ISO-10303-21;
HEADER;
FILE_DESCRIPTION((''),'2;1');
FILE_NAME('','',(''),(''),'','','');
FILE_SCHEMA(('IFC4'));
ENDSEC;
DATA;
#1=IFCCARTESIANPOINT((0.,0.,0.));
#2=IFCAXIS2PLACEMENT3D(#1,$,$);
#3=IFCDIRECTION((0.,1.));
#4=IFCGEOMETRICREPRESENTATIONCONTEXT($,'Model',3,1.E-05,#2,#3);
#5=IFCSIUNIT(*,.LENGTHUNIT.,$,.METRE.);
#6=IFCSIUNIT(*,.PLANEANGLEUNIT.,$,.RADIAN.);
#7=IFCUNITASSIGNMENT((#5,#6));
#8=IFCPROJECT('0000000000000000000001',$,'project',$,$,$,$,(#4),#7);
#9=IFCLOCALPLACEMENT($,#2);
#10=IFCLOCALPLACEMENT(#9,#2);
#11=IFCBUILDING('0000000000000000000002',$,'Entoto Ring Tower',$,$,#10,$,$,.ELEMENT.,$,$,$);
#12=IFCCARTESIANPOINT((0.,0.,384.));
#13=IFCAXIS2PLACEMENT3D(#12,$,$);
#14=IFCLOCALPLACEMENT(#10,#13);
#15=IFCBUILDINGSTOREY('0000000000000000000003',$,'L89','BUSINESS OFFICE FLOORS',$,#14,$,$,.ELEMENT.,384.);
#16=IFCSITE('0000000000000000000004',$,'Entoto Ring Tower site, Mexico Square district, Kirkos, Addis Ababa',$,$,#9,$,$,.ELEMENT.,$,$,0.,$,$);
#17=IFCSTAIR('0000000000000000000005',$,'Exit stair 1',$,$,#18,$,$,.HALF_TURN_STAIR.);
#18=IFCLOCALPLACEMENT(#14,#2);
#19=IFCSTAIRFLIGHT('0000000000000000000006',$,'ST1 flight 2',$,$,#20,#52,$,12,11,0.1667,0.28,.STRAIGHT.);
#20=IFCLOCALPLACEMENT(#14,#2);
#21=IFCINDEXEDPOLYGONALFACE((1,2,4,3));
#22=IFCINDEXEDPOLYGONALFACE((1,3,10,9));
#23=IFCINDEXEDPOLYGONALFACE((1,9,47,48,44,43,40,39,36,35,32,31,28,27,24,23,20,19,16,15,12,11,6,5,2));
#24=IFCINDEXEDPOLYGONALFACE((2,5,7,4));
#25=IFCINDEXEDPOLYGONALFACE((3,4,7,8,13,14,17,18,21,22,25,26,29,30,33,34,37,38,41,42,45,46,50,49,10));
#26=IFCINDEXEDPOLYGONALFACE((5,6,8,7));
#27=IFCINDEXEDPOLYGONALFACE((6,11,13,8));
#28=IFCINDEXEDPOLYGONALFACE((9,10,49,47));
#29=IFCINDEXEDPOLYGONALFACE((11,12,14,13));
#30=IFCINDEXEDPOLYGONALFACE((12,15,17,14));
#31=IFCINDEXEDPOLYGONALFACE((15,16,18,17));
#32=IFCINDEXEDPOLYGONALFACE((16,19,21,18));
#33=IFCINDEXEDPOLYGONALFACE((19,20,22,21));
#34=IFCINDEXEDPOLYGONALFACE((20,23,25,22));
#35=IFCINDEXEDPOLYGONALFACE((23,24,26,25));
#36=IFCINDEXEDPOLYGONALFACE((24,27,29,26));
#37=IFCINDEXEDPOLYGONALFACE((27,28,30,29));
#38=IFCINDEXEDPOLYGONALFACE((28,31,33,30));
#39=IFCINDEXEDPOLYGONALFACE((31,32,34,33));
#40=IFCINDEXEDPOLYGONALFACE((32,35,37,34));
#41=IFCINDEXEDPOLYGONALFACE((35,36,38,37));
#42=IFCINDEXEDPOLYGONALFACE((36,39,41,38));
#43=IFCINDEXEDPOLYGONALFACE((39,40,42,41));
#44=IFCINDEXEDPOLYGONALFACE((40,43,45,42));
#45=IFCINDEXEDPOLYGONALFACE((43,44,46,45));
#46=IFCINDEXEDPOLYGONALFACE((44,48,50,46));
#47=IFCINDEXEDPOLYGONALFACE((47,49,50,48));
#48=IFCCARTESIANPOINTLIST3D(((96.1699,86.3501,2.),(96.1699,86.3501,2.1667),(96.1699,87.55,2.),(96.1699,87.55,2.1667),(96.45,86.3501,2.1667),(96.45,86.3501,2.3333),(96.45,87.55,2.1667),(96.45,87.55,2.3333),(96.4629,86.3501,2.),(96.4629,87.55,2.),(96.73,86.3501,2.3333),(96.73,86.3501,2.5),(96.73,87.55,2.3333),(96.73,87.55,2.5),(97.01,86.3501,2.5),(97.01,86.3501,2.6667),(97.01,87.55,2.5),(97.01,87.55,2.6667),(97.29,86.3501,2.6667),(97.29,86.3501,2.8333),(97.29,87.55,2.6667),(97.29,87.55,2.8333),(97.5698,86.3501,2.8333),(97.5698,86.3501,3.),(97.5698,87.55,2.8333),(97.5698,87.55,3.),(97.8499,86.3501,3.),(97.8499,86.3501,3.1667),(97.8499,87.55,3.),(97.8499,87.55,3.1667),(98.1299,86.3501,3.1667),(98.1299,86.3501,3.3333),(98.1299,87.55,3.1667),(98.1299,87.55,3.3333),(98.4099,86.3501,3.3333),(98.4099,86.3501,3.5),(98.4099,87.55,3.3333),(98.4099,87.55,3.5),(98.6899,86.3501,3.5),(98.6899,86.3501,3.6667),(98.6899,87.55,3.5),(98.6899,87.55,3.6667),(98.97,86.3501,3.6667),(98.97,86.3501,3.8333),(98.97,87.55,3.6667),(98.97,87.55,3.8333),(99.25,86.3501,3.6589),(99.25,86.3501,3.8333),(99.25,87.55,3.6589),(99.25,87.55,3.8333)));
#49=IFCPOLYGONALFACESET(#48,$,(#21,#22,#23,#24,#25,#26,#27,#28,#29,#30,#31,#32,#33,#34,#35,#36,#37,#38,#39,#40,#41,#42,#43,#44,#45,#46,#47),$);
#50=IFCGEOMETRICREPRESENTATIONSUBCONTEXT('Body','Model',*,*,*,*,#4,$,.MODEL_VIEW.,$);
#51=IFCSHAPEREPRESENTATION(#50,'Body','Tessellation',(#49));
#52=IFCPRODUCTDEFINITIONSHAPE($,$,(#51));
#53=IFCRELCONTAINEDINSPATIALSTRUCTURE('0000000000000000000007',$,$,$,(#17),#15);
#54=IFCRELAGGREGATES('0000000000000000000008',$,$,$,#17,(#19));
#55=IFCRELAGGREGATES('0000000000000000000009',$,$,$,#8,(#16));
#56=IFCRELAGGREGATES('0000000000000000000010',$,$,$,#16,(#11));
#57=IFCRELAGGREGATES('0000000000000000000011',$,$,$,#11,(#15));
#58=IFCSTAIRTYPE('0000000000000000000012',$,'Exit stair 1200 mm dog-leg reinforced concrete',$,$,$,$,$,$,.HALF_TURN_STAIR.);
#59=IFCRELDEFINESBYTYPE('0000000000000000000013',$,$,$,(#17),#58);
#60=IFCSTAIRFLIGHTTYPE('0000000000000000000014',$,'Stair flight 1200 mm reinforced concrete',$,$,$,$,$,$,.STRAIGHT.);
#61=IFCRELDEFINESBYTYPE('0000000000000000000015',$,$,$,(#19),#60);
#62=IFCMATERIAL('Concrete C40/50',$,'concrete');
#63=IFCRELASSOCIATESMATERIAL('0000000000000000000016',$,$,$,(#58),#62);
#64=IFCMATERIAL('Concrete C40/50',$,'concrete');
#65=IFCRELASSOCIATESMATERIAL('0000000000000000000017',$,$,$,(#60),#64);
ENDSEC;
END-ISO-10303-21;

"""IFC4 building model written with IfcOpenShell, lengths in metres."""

from ifc_helpers import new_model, si_unit, direction, frame, origin, place, context, subcontext, project, spatial, polyline, outline, extrude, material, type_object, element, aggregate, save


model = new_model("IFC4")

# Units and contexts
model_context = context("Model", 3, precision=1e-05, world=origin(), true_north=direction((0.0, 1.0)))
body_context = subcontext(model_context, "Body", "Model", "MODEL_VIEW")
ifc_project = project(units=[si_unit("LENGTHUNIT", "METRE"), si_unit("PLANEANGLEUNIT", "RADIAN")], contexts=[model_context])

# Site, building, storey
site_placement = place(None, origin())
site = spatial("IfcSite", under=ifc_project, at=site_placement, Name="Entoto Ring Tower site, Mexico Square district, Kirkos, Addis Ababa", CompositionType="ELEMENT", RefElevation=0.0)
building_placement = place(site_placement, origin())
building = spatial("IfcBuilding", under=site, at=building_placement, Name="Entoto Ring Tower", CompositionType="ELEMENT")
storey_placement = place(building_placement, frame((0.0, 0.0, 384.0)))
storey = spatial("IfcBuildingStorey", under=building, at=storey_placement, Name="L89", Description="BUSINESS OFFICE FLOORS", CompositionType="ELEMENT", Elevation=384.0)

# Stair, stair flight
ifc_material_1 = material(Name="Concrete C40/50", Category="concrete")
stair_type = type_object("IfcStairType", Name="Exit stair 1200 mm dog-leg reinforced concrete", PredefinedType="HALF_TURN_STAIR", material=ifc_material_1)
stair_placement = place(storey_placement, origin())
stair = element("IfcStair", 1, at=stair_placement, inside=storey, type_object=stair_type, Name="Exit stair 1", PredefinedType="HALF_TURN_STAIR")
ifc_material_2 = material(Name="Concrete C40/50", Category="concrete")
stair_flight_type = type_object("IfcStairFlightType", Name="Stair flight 1200 mm reinforced concrete", PredefinedType="STRAIGHT", material=ifc_material_2)
stair_flight_1_placement = place(storey_placement, frame((96.1699, 86.95, 2.0), z_axis=(0.0, 0.0, 1.0), x_axis=(1.0, 0.0, 0.0)))
stair_flight_1 = element("IfcStairFlight", 2, at=stair_flight_1_placement, type_object=stair_flight_type, Name="ST1 flight 2", NumberOfRisers=12, NumberOfTreads=11, PredefinedType="STRAIGHT", RiserHeight=0.1667, TreadLength=0.28, context=body_context, shape_type="SweptSolid", body=[
    extrude(outline(polyline([(0.0, 0.0), (0.0, 0.1667), (0.28, 0.1667), (0.28, 0.3333), (0.5601, 0.3333), (0.5601, 0.5), (0.8401, 0.5), (0.8401, 0.6667), (1.1201, 0.6667), (1.1201, 0.8333), (1.3999, 0.8333), (1.3999, 1.0), (1.6799, 1.0), (1.6799, 1.1667), (1.96, 1.1667), (1.96, 1.3333), (2.24, 1.3333), (2.24, 1.5), (2.52, 1.5), (2.52, 1.6667), (2.8, 1.6667), (2.8, 1.8333), (3.0801, 1.8333), (3.0801, 2.0), (3.0801, 1.6589), (0.293, 0.0), (0.0, 0.0)])), frame((0.0, 0.6001, 0.0), z_axis=(0.0, -1.0, 0.0), x_axis=(1.0, 0.0, 0.0)), (0.0, 0.0, 1.0), 1.2),
])
aggregate(stair, [stair_flight_1])

save(model, "model.ifc")
